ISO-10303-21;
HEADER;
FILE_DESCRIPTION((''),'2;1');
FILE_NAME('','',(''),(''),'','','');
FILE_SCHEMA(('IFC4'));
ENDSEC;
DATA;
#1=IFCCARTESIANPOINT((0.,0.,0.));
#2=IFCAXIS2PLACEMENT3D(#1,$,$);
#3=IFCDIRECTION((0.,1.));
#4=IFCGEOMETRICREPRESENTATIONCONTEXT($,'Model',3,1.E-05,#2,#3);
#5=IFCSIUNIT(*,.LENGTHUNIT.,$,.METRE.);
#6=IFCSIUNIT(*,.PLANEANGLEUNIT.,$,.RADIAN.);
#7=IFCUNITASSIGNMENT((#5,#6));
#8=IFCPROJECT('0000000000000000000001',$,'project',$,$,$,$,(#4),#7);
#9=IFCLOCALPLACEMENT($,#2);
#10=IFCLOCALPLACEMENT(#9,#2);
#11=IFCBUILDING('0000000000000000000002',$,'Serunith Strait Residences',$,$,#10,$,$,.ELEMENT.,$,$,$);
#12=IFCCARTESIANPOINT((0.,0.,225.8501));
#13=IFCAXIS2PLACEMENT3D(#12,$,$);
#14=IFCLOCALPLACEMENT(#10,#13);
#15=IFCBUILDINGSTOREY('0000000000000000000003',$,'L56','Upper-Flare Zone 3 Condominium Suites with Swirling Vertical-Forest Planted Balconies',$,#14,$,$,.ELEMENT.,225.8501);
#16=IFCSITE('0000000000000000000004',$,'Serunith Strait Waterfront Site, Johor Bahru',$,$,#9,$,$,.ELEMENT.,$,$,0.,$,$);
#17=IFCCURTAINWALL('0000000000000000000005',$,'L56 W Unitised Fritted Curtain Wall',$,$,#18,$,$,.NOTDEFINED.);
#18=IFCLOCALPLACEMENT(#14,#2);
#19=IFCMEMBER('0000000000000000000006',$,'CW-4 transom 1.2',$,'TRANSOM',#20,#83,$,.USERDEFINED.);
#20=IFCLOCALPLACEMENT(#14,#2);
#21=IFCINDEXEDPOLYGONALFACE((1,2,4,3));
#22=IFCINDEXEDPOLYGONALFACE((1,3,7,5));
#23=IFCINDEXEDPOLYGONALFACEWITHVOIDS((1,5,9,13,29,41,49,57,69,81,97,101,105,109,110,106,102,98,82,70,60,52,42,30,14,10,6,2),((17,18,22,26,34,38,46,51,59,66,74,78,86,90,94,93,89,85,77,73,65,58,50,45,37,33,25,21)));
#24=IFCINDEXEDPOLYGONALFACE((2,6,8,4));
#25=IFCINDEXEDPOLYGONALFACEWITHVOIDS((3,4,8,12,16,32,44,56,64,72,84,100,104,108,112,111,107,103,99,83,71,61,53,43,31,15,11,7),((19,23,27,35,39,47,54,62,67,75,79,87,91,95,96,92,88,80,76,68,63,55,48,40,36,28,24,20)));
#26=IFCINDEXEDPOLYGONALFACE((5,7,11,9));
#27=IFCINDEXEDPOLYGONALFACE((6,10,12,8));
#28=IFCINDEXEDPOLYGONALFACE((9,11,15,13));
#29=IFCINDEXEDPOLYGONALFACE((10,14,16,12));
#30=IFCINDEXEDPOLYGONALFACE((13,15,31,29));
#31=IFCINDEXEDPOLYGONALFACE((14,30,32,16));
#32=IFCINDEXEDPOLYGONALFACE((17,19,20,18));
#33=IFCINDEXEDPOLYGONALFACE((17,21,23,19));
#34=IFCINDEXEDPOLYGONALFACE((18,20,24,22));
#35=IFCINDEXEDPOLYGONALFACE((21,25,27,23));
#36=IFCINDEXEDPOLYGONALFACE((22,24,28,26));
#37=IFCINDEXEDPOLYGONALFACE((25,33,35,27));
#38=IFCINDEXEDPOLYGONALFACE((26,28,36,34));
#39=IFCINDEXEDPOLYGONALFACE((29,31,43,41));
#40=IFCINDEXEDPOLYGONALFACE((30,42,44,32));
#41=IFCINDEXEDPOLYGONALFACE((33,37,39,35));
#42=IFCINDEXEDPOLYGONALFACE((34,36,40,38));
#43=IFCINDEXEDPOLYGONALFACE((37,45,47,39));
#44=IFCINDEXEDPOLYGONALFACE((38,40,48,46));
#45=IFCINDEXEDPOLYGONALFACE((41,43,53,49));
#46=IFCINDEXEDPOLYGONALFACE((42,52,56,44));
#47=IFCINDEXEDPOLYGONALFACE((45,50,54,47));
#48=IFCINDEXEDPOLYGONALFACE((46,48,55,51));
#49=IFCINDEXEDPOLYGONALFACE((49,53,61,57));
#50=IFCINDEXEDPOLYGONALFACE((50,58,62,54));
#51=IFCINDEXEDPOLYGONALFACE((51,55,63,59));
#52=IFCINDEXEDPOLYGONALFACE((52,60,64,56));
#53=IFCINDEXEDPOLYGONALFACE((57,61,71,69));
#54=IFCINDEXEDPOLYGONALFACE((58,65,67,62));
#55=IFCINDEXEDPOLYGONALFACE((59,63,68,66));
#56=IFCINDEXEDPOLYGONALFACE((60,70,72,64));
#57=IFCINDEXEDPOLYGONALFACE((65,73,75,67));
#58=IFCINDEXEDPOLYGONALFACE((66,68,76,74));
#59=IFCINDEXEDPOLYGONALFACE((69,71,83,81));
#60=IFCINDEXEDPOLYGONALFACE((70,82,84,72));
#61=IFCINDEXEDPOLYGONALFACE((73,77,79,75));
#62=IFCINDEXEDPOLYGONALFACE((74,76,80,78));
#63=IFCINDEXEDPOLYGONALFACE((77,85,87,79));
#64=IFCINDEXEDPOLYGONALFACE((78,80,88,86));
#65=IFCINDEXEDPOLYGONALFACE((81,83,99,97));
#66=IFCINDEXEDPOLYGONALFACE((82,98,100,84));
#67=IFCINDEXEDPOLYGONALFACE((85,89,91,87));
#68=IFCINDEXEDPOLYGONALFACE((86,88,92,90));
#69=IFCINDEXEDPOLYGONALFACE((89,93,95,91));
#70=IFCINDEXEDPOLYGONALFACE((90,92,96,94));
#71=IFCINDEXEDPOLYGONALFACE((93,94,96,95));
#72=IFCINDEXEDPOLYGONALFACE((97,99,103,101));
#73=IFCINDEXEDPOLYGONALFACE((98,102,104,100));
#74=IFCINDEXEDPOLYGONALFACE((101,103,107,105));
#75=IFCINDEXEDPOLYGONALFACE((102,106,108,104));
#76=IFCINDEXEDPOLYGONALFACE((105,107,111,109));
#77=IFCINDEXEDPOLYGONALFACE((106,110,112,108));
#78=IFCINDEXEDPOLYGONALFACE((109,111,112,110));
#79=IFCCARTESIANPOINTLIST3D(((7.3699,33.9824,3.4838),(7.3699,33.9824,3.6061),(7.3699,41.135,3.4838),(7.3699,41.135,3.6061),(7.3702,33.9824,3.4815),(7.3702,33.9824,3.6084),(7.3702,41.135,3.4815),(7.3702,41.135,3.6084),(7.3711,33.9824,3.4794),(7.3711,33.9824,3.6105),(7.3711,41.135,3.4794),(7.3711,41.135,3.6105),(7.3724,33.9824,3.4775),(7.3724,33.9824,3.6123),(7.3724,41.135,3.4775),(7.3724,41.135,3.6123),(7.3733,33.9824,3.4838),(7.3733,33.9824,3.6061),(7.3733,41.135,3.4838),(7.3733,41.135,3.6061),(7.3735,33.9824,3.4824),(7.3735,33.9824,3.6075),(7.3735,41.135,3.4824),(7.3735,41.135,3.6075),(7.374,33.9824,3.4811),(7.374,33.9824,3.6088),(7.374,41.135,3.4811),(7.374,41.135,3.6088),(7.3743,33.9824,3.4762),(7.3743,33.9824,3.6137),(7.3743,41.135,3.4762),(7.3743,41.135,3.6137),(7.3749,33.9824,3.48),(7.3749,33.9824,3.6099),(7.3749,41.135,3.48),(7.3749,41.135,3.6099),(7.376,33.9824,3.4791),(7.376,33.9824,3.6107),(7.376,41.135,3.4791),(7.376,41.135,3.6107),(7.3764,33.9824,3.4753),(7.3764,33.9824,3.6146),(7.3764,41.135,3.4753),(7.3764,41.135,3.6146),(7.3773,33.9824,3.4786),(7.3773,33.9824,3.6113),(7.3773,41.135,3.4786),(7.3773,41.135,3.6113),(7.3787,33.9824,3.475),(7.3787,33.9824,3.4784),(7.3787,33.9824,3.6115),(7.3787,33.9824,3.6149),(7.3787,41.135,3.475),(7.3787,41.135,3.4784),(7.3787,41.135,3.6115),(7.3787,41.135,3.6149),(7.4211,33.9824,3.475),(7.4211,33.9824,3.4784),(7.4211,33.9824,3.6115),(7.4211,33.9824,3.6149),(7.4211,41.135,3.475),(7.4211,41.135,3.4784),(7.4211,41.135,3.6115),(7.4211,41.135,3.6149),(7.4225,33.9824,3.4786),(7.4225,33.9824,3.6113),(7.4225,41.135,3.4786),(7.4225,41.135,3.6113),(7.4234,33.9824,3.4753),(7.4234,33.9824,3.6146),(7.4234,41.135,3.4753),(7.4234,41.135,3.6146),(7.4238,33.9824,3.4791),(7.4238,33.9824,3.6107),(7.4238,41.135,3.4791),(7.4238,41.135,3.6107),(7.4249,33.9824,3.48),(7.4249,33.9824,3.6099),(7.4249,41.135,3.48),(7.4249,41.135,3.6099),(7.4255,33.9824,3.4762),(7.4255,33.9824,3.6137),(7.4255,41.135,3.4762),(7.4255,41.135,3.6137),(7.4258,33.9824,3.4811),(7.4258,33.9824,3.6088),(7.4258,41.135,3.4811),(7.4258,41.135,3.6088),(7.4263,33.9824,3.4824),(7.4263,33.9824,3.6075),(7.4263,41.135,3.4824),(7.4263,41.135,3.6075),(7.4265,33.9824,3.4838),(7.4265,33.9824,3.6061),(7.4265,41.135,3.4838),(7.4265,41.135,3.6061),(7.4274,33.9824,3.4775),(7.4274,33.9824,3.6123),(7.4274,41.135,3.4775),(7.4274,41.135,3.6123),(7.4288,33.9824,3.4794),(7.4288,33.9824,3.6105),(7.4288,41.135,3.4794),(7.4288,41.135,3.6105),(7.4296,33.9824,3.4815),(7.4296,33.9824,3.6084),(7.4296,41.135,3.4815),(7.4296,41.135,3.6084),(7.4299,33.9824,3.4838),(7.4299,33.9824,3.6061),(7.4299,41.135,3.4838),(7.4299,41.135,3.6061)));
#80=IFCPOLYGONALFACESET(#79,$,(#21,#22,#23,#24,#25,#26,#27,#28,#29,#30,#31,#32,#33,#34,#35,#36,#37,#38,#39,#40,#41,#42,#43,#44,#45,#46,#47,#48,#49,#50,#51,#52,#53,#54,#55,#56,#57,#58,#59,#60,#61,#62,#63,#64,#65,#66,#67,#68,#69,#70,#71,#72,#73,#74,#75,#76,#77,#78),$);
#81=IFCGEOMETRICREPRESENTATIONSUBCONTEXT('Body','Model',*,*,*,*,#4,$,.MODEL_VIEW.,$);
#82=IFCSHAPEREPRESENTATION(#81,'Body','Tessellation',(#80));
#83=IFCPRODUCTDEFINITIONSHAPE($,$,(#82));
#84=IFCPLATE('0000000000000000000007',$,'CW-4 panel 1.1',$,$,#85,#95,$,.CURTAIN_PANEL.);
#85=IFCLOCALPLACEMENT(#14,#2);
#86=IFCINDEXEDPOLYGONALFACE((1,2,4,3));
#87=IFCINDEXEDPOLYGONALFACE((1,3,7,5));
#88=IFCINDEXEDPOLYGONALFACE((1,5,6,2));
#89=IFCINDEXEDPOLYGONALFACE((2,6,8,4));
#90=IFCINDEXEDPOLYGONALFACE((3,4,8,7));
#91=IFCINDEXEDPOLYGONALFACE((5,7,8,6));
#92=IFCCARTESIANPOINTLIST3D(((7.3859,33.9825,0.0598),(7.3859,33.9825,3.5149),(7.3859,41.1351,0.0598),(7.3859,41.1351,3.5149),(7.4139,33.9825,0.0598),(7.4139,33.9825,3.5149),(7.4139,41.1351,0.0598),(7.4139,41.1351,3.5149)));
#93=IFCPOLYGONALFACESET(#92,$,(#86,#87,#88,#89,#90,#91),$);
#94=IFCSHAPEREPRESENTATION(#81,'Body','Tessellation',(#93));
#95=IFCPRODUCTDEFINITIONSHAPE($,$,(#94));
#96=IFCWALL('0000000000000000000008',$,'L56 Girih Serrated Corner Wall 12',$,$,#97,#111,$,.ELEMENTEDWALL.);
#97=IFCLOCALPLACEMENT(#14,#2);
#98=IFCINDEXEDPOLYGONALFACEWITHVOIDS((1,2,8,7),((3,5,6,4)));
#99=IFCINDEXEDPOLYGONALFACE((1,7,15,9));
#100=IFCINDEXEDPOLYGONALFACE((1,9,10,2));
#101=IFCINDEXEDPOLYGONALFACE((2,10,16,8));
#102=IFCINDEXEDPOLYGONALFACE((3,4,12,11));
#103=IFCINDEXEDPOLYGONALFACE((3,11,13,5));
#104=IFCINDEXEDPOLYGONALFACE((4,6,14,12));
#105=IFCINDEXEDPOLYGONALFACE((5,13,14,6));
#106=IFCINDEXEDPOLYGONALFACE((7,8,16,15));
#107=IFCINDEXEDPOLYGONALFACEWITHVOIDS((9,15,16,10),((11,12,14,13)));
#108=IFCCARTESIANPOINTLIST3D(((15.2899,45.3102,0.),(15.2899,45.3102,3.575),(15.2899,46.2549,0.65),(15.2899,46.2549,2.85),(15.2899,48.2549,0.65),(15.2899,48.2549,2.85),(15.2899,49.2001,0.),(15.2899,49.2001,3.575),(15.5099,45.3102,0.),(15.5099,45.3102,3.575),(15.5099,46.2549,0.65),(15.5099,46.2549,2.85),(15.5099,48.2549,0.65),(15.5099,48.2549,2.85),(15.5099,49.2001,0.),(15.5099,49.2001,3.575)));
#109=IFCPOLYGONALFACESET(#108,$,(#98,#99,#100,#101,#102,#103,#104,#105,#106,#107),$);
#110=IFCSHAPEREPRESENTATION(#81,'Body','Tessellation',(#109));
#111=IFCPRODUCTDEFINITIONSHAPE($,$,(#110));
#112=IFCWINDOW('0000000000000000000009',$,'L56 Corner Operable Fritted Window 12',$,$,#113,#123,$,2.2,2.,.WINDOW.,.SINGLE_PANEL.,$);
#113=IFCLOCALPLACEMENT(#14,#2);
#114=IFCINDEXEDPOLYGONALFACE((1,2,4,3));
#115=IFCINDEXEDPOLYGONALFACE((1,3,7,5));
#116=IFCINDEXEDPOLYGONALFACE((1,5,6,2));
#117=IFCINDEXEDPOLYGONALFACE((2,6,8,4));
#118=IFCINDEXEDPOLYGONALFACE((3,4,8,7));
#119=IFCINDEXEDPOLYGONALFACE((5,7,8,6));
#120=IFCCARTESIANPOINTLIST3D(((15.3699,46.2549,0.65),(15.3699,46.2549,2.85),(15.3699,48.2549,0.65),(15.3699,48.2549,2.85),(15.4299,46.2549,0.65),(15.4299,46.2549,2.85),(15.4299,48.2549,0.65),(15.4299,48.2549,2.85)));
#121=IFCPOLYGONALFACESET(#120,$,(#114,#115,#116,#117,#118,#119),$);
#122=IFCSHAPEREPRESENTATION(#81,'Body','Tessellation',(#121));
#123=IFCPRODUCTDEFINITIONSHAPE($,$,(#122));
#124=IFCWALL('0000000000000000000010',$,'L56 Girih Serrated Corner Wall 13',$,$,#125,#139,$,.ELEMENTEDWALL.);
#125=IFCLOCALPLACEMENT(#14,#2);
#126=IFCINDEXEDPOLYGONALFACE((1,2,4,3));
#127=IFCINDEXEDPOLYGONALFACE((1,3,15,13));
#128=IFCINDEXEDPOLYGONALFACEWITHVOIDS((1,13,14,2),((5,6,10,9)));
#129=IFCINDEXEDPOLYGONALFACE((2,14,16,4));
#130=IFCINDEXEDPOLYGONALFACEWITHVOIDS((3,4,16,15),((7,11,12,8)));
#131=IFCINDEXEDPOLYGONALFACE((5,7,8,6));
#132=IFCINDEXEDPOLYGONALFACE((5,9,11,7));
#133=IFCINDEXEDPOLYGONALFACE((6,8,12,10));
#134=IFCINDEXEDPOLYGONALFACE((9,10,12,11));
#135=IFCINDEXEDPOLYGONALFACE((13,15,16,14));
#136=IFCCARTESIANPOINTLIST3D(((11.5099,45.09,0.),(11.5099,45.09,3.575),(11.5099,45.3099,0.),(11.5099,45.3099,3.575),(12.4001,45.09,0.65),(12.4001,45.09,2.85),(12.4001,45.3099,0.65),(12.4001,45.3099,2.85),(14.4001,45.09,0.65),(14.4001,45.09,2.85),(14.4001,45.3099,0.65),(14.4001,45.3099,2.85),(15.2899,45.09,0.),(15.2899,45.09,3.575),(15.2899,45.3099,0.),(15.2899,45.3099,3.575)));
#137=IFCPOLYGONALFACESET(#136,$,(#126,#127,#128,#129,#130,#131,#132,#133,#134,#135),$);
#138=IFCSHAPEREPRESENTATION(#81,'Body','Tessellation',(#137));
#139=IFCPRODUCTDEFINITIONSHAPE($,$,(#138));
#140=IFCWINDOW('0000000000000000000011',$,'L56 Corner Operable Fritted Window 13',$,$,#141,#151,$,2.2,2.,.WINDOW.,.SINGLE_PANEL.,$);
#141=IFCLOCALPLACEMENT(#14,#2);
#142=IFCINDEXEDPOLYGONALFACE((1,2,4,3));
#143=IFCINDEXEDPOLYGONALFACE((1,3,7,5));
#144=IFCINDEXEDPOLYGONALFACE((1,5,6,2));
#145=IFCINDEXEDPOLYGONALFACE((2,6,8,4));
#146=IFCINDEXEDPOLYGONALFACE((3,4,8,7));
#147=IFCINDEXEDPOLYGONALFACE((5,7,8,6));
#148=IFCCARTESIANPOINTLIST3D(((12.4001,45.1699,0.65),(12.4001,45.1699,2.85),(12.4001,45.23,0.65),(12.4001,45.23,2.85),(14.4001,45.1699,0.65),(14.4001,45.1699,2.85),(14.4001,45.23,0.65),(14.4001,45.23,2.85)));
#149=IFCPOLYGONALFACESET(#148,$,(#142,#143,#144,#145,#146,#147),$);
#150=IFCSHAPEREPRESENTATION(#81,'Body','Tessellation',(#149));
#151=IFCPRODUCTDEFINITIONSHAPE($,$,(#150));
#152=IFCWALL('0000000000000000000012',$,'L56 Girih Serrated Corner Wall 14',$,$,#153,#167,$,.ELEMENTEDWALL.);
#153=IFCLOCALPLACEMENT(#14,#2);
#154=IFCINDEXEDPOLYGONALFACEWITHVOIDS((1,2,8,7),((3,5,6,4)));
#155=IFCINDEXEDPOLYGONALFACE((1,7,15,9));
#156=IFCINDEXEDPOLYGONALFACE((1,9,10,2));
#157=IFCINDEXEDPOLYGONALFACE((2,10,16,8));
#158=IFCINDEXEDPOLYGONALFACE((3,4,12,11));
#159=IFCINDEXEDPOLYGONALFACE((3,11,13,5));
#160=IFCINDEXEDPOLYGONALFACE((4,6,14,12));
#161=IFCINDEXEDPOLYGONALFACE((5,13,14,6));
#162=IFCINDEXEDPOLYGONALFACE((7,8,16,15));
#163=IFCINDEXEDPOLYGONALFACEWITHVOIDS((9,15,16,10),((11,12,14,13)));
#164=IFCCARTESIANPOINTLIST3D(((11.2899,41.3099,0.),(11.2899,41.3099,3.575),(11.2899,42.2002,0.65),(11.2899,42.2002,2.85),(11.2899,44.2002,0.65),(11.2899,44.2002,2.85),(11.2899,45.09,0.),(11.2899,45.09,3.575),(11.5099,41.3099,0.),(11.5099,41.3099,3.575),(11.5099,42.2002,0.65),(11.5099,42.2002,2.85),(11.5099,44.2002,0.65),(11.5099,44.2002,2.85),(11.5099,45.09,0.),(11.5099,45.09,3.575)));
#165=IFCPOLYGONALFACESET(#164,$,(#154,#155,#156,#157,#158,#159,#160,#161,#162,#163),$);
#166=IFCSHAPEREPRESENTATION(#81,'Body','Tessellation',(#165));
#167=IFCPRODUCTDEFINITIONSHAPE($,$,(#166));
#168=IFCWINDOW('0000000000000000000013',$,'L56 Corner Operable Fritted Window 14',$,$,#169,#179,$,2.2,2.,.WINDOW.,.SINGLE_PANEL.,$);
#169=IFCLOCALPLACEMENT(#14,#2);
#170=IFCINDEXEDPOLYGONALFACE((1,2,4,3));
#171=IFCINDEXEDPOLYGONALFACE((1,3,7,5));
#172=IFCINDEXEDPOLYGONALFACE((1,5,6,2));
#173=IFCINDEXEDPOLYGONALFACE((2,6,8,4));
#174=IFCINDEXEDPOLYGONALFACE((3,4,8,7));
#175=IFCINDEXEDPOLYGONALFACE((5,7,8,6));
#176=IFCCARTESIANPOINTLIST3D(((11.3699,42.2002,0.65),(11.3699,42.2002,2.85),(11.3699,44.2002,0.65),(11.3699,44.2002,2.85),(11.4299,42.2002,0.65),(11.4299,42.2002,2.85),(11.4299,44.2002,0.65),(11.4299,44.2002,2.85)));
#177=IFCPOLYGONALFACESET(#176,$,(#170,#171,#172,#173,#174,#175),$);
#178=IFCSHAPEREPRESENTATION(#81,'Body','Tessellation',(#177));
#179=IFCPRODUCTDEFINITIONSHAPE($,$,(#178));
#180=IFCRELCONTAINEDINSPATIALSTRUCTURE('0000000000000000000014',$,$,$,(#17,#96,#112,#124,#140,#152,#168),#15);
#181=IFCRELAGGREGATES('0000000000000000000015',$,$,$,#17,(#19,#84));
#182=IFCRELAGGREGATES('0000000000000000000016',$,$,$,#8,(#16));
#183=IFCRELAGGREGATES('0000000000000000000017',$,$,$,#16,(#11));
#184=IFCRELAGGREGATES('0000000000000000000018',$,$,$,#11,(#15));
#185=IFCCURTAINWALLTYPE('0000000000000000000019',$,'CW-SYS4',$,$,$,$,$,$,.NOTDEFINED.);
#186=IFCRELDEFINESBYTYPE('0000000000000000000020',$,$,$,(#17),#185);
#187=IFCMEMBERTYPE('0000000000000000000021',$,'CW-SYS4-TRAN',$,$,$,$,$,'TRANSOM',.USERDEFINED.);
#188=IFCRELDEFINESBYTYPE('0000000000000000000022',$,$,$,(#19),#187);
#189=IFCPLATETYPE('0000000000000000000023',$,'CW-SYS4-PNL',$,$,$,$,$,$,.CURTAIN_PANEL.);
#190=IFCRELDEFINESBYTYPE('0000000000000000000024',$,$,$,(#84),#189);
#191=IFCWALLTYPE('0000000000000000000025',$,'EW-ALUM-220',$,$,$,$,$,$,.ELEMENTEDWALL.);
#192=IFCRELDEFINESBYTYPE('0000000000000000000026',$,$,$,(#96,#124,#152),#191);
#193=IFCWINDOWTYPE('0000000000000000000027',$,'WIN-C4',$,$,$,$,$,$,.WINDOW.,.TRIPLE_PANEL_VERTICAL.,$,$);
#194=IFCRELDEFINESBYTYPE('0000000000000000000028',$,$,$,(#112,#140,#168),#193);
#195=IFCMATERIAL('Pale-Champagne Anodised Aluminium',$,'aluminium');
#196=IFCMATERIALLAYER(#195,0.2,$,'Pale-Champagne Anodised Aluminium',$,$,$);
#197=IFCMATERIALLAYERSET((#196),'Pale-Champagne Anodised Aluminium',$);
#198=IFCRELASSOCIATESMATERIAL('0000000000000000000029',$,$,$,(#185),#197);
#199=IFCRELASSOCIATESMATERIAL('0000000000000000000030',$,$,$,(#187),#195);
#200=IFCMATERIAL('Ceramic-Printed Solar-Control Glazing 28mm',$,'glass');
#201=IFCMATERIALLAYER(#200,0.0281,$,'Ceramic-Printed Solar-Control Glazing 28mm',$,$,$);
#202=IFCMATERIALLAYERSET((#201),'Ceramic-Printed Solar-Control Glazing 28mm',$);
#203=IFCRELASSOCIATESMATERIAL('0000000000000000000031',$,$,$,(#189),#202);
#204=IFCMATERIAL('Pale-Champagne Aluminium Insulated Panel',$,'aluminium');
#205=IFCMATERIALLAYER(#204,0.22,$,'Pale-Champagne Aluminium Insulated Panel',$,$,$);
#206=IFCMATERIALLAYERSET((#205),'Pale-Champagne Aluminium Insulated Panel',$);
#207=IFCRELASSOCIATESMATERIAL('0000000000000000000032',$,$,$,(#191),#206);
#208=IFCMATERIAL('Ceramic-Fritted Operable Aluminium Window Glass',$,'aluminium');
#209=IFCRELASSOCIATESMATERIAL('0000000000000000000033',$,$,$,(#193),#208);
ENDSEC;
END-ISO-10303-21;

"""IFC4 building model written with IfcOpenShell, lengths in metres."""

from ifc_helpers import new_model, si_unit, direction, frame, frame_2d, origin, origin_2d, place, context, subcontext, project, spatial, rectangle, hollow_rectangle, extrude, source, transform, mapped, material, layer, layer_set, material_profile, profile_set, type_object, element, fill, aggregate, save


model = new_model("IFC4")

# Units and contexts
model_context = context("Model", 3, precision=1e-05, world=origin(), true_north=direction((0.0, 1.0)))
body_context = subcontext(model_context, "Body", "Model", "MODEL_VIEW")
ifc_project = project(units=[si_unit("LENGTHUNIT", "METRE"), si_unit("PLANEANGLEUNIT", "RADIAN")], contexts=[model_context])

# Site, building, storey
site_placement = place(None, origin())
site = spatial("IfcSite", under=ifc_project, at=site_placement, Name="Serunith Strait Waterfront Site, Johor Bahru", CompositionType="ELEMENT", RefElevation=0.0)
building_placement = place(site_placement, origin())
building = spatial("IfcBuilding", under=site, at=building_placement, Name="Serunith Strait Residences", CompositionType="ELEMENT")
storey_placement = place(building_placement, frame((0.0, 0.0, 225.8501)))
storey = spatial("IfcBuildingStorey", under=building, at=storey_placement, Name="L56", Description="Upper-Flare Zone 3 Condominium Suites with Swirling Vertical-Forest Planted Balconies", CompositionType="ELEMENT", Elevation=225.8501)

# Shared definitions
ifc_material_1 = material(Name="Pale-Champagne Anodised Aluminium", Category="aluminium")
ifc_layer_1 = layer(ifc_material_1, 0.2, Name="Pale-Champagne Anodised Aluminium")
ifc_layer_set_1 = layer_set([ifc_layer_1], Name="Pale-Champagne Anodised Aluminium")
curtain_wall_type = type_object("IfcCurtainWallType", Name="CW-SYS4", PredefinedType="NOTDEFINED", material=ifc_layer_set_1)

# Curtain wall, member, plate
curtain_wall_1_placement = place(storey_placement, origin())
curtain_wall_1 = element("IfcCurtainWall", 1, at=curtain_wall_1_placement, inside=storey, type_object=curtain_wall_type, Name="L56 W Unitised Fritted Curtain Wall", PredefinedType="NOTDEFINED")
ifc_material_profile_1 = material_profile(ifc_material_1, hollow_rectangle(XDim=0.0601, YDim=0.1399, WallThickness=0.0034, InnerFilletRadius=0.0054, OuterFilletRadius=0.0088, at=origin_2d()), Name="ALU 140x60x3.5")
ifc_profile_set_1 = profile_set([ifc_material_profile_1], Name="Pale-Champagne Anodised Aluminium")
member_type_1 = type_object("IfcMemberType", Name="CW-SYS4-TRAN", ElementType="TRANSOM", PredefinedType="USERDEFINED", material=ifc_profile_set_1)
shared_shape_1 = source(origin(), body_context, "Body", "SweptSolid", [
    extrude(hollow_rectangle(XDim=0.0601, YDim=0.1399, WallThickness=0.0034, InnerFilletRadius=0.0054, OuterFilletRadius=0.0088, at=origin_2d()), origin(), (0.0, 0.0, 1.0), 7.1526),
])
member_1_placement = place(storey_placement, frame((7.3999, 41.135, 3.5449), z_axis=(0.0, -1.0, 0.0), x_axis=(1.0, 0.0, 0.0)))
member_1 = element("IfcMember", 2, at=member_1_placement, type_object=member_type_1, Name="CW-4 transom 1.2", ObjectType="TRANSOM", PredefinedType="USERDEFINED", context=body_context, shape_type="MappedRepresentation", body=[
    mapped(shared_shape_1, transform((0.0, 0.0, 0.0), scale=1.0)),
])
ifc_material_2 = material(Name="Ceramic-Printed Solar-Control Glazing 28mm", Category="glass")
ifc_layer_2 = layer(ifc_material_2, 0.0281, Name="Ceramic-Printed Solar-Control Glazing 28mm")
ifc_layer_set_2 = layer_set([ifc_layer_2], Name="Ceramic-Printed Solar-Control Glazing 28mm")
plate_type = type_object("IfcPlateType", Name="CW-SYS4-PNL", PredefinedType="CURTAIN_PANEL", material=ifc_layer_set_2)
shared_shape_2 = source(origin(), body_context, "Body", "SweptSolid", [
    extrude(rectangle(XDim=7.1526, YDim=0.0281, at=origin_2d()), origin(), (0.0, 0.0, 1.0), 3.4551),
])
plate_placement = place(storey_placement, frame((7.3999, 37.5588, 0.0598), z_axis=(0.0, 0.0, 1.0), x_axis=(0.0, -1.0, 0.0)))
plate = element("IfcPlate", 3, at=plate_placement, type_object=plate_type, Name="CW-4 panel 1.1", PredefinedType="CURTAIN_PANEL", context=body_context, shape_type="MappedRepresentation", body=[
    mapped(shared_shape_2, transform((0.0, 0.0, 0.0), scale=1.0)),
])
aggregate(curtain_wall_1, [member_1, plate])

# Walls, openings, windows
ifc_material_3 = material(Name="Pale-Champagne Aluminium Insulated Panel", Category="aluminium")
ifc_layer_3 = layer(ifc_material_3, 0.22, Name="Pale-Champagne Aluminium Insulated Panel")
ifc_layer_set_3 = layer_set([ifc_layer_3], Name="Pale-Champagne Aluminium Insulated Panel")
wall_type_1 = type_object("IfcWallType", Name="EW-ALUM-220", PredefinedType="ELEMENTEDWALL", material=ifc_layer_set_3)
wall_1_placement = place(storey_placement, frame((15.3999, 49.2, 0.0), z_axis=(0.0, 0.0, 1.0), x_axis=(0.0, -1.0, 0.0)))
wall_1 = element("IfcWall", 4, at=wall_1_placement, inside=storey, type_object=wall_type_1, Name="L56 Girih Serrated Corner Wall 12", PredefinedType="ELEMENTEDWALL", context=body_context, shape_type="SweptSolid", body=[
    extrude(rectangle(XDim=3.8899, YDim=0.22, at=frame_2d((1.9448, 0.0))), origin(), (0.0, 0.0, 1.0), 3.575),
])
opening_1_placement = place(wall_1_placement, frame((0.9451, 0.0, 0.6499)))
opening_1 = element("IfcOpeningElement", 5, at=opening_1_placement, cuts=wall_1, PredefinedType="OPENING", context=body_context, shape_type="SweptSolid", body=[
    extrude(rectangle(XDim=2.0, YDim=2.2, at=frame_2d((1.0, 1.1001))), frame((0.0, 0.1201, 0.0), z_axis=(0.0, -1.0, 0.0), x_axis=(1.0, 0.0, 0.0)), (0.0, 0.0, 1.0), 0.24),
])
ifc_material_4 = material(Name="Ceramic-Fritted Operable Aluminium Window Glass", Category="aluminium")
window_type = type_object("IfcWindowType", Name="WIN-C4", PartitioningType="TRIPLE_PANEL_VERTICAL", PredefinedType="WINDOW", material=ifc_material_4)
shared_shape_3 = source(origin(), body_context, "Body", "SweptSolid", [
    extrude(rectangle(XDim=2.0, YDim=2.2, at=frame_2d((1.0, 1.1001))), frame((0.0, 0.03, 0.0), z_axis=(0.0, -1.0, 0.0), x_axis=(1.0, 0.0, 0.0)), (0.0, 0.0, 1.0), 0.0601),
])
window_1_placement = place(opening_1_placement, origin())
window_1 = element("IfcWindow", 6, at=window_1_placement, inside=storey, type_object=window_type, Name="L56 Corner Operable Fritted Window 12", OverallHeight=2.2, OverallWidth=2.0, PartitioningType="SINGLE_PANEL", PredefinedType="WINDOW", context=body_context, shape_type="MappedRepresentation", body=[
    mapped(shared_shape_3, transform((0.0, 0.0, 0.0), scale=1.0)),
])
fill(opening_1, window_1)
wall_2_placement = place(storey_placement, frame((15.29, 45.2, 0.0), z_axis=(0.0, 0.0, 1.0), x_axis=(-1.0, 0.0, 0.0)))
wall_2 = element("IfcWall", 7, at=wall_2_placement, inside=storey, type_object=wall_type_1, Name="L56 Girih Serrated Corner Wall 13", PredefinedType="ELEMENTEDWALL", context=body_context, shape_type="SweptSolid", body=[
    extrude(rectangle(XDim=3.78, YDim=0.22, at=frame_2d((1.8901, 0.0))), origin(), (0.0, 0.0, 1.0), 3.575),
])
opening_2_placement = place(wall_2_placement, frame((0.8899, 0.0, 0.6499)))
opening_2 = element("IfcOpeningElement", 8, at=opening_2_placement, cuts=wall_2, PredefinedType="OPENING", context=body_context, shape_type="SweptSolid", body=[
    extrude(rectangle(XDim=2.0, YDim=2.2, at=frame_2d((1.0, 1.1001))), frame((0.0, 0.1201, 0.0), z_axis=(0.0, -1.0, 0.0), x_axis=(1.0, 0.0, 0.0)), (0.0, 0.0, 1.0), 0.24),
])
window_2_placement = place(opening_2_placement, origin())
window_2 = element("IfcWindow", 9, at=window_2_placement, inside=storey, type_object=window_type, Name="L56 Corner Operable Fritted Window 13", OverallHeight=2.2, OverallWidth=2.0, PartitioningType="SINGLE_PANEL", PredefinedType="WINDOW", context=body_context, shape_type="MappedRepresentation", body=[
    mapped(shared_shape_3, transform((0.0, 0.0, 0.0), scale=1.0)),
])
fill(opening_2, window_2)
wall_3_placement = place(storey_placement, frame((11.3999, 45.0901, 0.0), z_axis=(0.0, 0.0, 1.0), x_axis=(0.0, -1.0, 0.0)))
wall_3 = element("IfcWall", 10, at=wall_3_placement, inside=storey, type_object=wall_type_1, Name="L56 Girih Serrated Corner Wall 14", PredefinedType="ELEMENTEDWALL", context=body_context, shape_type="SweptSolid", body=[
    extrude(rectangle(XDim=3.78, YDim=0.22, at=frame_2d((1.8901, 0.0))), origin(), (0.0, 0.0, 1.0), 3.575),
])
opening_3_placement = place(wall_3_placement, frame((0.8899, 0.0, 0.6499)))
opening_3 = element("IfcOpeningElement", 11, at=opening_3_placement, cuts=wall_3, PredefinedType="OPENING", context=body_context, shape_type="SweptSolid", body=[
    extrude(rectangle(XDim=2.0, YDim=2.2, at=frame_2d((1.0, 1.1001))), frame((0.0, 0.1201, 0.0), z_axis=(0.0, -1.0, 0.0), x_axis=(1.0, 0.0, 0.0)), (0.0, 0.0, 1.0), 0.24),
])
window_3_placement = place(opening_3_placement, origin())
window_3 = element("IfcWindow", 12, at=window_3_placement, inside=storey, type_object=window_type, Name="L56 Corner Operable Fritted Window 14", OverallHeight=2.2, OverallWidth=2.0, PartitioningType="SINGLE_PANEL", PredefinedType="WINDOW", context=body_context, shape_type="MappedRepresentation", body=[
    mapped(shared_shape_3, transform((0.0, 0.0, 0.0), scale=1.0)),
])
fill(opening_3, window_3)

save(model, "model.ifc")
